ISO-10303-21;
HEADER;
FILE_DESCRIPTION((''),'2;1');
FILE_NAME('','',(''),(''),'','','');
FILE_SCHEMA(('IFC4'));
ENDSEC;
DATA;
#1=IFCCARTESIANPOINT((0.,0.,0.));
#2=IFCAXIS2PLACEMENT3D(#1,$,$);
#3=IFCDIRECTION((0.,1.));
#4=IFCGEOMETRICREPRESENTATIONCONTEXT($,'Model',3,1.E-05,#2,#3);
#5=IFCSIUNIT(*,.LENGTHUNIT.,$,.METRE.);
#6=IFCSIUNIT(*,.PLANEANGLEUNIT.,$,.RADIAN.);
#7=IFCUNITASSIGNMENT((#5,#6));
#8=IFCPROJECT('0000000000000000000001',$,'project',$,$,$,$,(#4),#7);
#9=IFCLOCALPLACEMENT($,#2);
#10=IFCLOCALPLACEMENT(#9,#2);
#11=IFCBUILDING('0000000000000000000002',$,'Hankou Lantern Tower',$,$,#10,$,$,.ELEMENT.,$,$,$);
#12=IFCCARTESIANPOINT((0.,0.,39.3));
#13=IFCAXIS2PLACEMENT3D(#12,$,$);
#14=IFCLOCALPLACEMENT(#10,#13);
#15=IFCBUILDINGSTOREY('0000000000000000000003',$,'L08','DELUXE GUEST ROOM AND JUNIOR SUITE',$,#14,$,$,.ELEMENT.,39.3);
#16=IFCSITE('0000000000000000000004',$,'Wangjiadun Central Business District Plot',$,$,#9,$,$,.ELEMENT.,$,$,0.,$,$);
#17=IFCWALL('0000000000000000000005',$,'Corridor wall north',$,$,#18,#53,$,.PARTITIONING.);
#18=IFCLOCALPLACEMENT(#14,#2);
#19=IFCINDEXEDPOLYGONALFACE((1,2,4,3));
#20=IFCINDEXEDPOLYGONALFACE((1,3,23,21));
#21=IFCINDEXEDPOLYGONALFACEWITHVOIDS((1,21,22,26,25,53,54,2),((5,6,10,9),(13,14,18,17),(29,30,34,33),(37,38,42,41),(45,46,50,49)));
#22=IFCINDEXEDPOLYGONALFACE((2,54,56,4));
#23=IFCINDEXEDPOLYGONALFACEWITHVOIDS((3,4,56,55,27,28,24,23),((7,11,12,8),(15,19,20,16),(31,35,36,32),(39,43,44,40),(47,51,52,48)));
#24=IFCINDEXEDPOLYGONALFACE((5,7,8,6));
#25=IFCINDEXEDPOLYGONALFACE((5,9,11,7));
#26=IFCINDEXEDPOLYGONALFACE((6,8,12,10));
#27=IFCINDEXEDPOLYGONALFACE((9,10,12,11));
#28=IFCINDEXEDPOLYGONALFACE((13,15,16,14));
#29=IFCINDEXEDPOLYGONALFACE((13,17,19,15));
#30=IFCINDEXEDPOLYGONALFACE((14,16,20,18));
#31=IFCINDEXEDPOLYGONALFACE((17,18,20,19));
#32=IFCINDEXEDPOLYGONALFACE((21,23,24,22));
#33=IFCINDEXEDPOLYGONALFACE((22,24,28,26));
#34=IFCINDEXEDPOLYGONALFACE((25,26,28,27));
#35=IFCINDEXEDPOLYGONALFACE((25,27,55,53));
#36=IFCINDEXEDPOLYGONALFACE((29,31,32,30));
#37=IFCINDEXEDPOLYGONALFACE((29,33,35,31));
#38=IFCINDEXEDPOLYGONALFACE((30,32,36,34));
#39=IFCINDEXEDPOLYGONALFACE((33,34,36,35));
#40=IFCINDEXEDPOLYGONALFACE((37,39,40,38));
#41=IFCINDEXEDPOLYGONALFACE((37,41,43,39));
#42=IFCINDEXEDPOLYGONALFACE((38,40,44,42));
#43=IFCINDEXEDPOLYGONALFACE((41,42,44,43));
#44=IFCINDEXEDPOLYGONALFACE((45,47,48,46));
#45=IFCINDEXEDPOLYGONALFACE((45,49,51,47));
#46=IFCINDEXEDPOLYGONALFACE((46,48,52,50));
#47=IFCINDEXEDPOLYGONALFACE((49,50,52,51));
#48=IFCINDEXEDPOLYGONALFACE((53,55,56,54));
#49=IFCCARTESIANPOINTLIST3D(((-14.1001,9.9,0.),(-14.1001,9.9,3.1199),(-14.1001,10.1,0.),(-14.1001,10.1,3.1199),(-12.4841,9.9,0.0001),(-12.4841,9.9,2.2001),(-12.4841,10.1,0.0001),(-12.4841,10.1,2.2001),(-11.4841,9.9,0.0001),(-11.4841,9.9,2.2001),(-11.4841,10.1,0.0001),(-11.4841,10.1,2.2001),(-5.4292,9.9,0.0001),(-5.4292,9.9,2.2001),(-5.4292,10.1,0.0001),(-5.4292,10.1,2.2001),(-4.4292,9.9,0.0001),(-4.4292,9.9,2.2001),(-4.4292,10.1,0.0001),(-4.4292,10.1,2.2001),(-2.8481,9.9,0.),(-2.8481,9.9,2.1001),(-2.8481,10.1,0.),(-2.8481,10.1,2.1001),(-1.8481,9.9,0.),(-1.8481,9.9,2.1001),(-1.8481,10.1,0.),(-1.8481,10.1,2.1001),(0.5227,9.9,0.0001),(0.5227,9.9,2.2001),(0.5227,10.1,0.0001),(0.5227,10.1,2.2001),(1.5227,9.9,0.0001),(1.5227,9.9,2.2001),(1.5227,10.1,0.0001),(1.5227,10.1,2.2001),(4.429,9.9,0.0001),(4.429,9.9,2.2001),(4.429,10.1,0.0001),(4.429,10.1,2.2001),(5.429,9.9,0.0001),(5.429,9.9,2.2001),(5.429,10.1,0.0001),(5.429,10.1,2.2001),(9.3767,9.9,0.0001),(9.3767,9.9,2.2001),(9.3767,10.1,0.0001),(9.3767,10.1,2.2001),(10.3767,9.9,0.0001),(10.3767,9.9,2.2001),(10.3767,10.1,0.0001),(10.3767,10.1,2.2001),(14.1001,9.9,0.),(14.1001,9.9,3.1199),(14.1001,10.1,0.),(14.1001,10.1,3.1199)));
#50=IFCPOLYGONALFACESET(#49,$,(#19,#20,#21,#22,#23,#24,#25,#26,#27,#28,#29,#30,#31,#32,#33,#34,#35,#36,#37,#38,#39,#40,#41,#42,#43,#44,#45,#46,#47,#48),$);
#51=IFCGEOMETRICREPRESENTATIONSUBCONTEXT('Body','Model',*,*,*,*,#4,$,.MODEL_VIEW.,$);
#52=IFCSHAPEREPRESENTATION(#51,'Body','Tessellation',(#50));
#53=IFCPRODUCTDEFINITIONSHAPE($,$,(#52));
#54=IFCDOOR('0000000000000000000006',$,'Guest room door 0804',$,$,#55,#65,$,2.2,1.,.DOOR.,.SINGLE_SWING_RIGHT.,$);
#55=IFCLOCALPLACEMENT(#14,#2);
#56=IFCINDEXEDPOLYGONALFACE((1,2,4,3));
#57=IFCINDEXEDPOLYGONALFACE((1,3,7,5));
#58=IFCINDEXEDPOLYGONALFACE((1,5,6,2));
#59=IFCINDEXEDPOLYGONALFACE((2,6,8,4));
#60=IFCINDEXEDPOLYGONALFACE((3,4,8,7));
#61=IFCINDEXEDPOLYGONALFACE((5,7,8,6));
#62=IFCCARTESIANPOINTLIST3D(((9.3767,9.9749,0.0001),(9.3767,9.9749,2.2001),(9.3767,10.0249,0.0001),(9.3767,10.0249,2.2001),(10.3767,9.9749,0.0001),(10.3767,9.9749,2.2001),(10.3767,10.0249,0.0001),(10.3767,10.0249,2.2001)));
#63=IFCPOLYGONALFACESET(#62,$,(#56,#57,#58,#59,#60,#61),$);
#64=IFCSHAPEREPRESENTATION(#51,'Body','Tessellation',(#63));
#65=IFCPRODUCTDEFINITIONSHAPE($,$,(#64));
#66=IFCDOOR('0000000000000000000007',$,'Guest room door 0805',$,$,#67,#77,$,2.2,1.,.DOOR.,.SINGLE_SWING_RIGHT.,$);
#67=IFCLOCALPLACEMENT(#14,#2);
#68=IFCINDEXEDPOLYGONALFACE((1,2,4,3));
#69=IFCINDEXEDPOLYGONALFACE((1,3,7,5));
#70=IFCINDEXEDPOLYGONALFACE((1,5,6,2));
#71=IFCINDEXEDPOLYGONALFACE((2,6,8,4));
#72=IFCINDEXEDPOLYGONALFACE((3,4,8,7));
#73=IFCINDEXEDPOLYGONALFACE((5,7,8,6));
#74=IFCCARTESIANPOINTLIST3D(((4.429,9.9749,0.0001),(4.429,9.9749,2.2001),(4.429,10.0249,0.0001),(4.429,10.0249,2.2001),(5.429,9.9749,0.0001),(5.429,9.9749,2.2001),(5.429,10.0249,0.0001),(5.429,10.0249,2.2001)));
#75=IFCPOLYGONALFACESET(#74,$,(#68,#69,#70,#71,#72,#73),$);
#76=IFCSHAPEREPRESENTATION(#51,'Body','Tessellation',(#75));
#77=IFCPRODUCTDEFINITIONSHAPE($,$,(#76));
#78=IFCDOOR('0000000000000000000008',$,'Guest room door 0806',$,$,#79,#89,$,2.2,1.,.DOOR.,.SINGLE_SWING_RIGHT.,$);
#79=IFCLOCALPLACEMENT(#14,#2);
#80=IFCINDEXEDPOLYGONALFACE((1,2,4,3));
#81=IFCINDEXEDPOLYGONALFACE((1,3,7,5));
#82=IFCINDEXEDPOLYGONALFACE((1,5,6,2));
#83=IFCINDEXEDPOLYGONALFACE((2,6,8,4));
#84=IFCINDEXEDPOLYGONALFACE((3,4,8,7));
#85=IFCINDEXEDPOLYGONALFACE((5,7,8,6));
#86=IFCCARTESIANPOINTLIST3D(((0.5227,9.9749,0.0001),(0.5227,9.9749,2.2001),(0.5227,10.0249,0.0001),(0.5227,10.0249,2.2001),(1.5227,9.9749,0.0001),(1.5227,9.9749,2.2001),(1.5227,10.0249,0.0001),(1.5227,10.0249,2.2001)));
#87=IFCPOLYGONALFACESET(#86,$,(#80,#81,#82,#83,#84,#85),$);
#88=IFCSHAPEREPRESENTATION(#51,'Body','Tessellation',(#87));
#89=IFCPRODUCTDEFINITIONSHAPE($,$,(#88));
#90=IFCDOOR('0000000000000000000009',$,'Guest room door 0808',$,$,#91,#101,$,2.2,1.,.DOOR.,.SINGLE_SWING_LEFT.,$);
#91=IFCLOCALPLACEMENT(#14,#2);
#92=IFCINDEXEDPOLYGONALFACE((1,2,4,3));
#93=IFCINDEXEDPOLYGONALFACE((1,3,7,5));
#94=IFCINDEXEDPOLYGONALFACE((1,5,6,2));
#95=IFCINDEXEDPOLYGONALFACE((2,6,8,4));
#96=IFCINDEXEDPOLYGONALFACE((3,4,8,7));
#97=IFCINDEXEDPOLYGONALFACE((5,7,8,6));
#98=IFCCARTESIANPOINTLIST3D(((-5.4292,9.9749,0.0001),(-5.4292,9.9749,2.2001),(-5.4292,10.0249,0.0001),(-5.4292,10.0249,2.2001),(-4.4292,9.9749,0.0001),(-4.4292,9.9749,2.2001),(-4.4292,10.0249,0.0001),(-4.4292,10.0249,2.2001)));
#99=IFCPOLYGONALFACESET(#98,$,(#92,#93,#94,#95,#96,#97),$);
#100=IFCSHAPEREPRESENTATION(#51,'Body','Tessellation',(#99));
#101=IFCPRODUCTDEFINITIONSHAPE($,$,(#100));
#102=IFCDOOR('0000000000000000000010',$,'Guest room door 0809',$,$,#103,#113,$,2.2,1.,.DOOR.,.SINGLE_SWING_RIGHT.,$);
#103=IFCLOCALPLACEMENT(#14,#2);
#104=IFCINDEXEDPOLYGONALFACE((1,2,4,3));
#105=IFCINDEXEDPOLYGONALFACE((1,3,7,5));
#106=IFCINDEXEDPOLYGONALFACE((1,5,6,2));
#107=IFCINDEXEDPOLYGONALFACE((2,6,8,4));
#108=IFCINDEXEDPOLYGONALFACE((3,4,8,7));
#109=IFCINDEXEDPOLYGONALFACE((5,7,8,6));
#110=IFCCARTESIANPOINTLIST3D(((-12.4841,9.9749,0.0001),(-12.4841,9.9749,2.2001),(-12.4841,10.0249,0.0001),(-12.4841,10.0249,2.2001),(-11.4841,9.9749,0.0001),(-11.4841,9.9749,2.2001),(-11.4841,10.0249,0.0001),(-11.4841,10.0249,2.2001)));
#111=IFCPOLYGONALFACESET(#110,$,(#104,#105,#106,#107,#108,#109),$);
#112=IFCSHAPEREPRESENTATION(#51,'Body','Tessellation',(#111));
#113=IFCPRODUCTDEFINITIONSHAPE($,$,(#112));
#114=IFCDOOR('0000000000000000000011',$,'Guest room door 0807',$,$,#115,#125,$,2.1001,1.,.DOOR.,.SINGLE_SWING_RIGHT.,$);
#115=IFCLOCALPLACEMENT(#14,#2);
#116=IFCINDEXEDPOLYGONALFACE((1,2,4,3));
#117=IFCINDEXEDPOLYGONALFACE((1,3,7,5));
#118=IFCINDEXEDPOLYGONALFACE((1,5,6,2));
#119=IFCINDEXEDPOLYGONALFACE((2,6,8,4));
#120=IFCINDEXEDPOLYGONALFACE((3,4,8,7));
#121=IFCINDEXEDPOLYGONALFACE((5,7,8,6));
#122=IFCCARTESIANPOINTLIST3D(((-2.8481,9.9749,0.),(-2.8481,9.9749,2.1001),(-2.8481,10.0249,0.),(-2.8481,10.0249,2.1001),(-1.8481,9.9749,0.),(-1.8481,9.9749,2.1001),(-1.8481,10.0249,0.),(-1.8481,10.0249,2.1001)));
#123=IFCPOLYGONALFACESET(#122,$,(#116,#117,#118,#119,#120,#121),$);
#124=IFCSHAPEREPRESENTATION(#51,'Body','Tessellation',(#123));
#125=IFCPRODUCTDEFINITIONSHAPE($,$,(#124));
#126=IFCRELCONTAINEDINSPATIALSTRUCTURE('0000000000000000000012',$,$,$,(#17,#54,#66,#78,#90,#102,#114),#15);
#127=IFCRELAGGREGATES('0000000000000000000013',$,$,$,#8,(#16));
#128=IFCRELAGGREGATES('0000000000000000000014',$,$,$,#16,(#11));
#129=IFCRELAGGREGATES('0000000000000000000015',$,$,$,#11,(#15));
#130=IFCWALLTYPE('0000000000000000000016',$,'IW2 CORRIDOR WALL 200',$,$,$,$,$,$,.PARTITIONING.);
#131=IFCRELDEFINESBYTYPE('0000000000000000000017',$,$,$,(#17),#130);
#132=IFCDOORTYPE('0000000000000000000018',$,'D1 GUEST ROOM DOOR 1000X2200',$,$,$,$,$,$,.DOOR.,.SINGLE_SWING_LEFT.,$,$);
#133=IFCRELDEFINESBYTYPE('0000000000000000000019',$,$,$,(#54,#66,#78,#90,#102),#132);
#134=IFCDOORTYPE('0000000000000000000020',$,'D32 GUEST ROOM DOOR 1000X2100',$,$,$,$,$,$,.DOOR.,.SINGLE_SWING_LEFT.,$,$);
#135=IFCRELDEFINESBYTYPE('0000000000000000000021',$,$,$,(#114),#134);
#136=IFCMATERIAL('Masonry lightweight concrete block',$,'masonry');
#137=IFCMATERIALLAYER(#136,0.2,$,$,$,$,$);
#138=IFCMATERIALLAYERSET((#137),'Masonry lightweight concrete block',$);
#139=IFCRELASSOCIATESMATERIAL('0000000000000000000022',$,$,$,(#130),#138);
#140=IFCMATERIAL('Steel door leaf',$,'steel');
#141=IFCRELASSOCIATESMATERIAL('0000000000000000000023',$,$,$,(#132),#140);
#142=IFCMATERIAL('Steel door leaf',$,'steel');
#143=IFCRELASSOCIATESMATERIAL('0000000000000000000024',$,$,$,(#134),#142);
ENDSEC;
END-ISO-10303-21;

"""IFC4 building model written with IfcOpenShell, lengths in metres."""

from ifc_helpers import new_model, si_unit, direction, frame, frame_2d, origin, place, context, subcontext, project, spatial, rectangle, extrude, material, layer, layer_set, type_object, element, fill, save


model = new_model("IFC4")

# Units and contexts
model_context = context("Model", 3, precision=1e-05, world=origin(), true_north=direction((0.0, 1.0)))
body_context = subcontext(model_context, "Body", "Model", "MODEL_VIEW")
ifc_project = project(units=[si_unit("LENGTHUNIT", "METRE"), si_unit("PLANEANGLEUNIT", "RADIAN")], contexts=[model_context])

# Site, building, storey
site_placement = place(None, origin())
site = spatial("IfcSite", under=ifc_project, at=site_placement, Name="Wangjiadun Central Business District Plot", CompositionType="ELEMENT", RefElevation=0.0)
building_placement = place(site_placement, origin())
building = spatial("IfcBuilding", under=site, at=building_placement, Name="Hankou Lantern Tower", CompositionType="ELEMENT")
storey_placement = place(building_placement, frame((0.0, 0.0, 39.3)))
storey = spatial("IfcBuildingStorey", under=building, at=storey_placement, Name="L08", Description="DELUXE GUEST ROOM AND JUNIOR SUITE", CompositionType="ELEMENT", Elevation=39.3)

# Wall, openings, doors
ifc_material_1 = material(Name="Masonry lightweight concrete block", Category="masonry")
ifc_layer_1 = layer(ifc_material_1, 0.2)
ifc_layer_set_1 = layer_set([ifc_layer_1], Name="Masonry lightweight concrete block")
wall_type_1 = type_object("IfcWallType", Name="IW2 CORRIDOR WALL 200", PredefinedType="PARTITIONING", material=ifc_layer_set_1)
wall_1_placement = place(storey_placement, frame((-14.1001, 10.0, 0.0), z_axis=(0.0, 0.0, 1.0), x_axis=(1.0, 0.0, 0.0)))
wall_1 = element("IfcWall", 1, at=wall_1_placement, inside=storey, type_object=wall_type_1, Name="Corridor wall north", PredefinedType="PARTITIONING", context=body_context, shape_type="SweptSolid", body=[
    extrude(rectangle(XDim=28.2002, YDim=0.2, at=frame_2d((14.1001, 0.0))), origin(), (0.0, 0.0, 1.0), 3.1199),
])
opening_1_placement = place(wall_1_placement, frame((23.4768, 0.0, 0.0)))
opening_1 = element("IfcOpeningElement", 2, at=opening_1_placement, cuts=wall_1, PredefinedType="OPENING", context=body_context, shape_type="SweptSolid", body=[
    extrude(rectangle(XDim=1.0, YDim=2.2, at=frame_2d((0.5, 1.1001))), frame((0.0, 0.1099, 0.0), z_axis=(0.0, -1.0, 0.0), x_axis=(1.0, 0.0, 0.0)), (0.0, 0.0, 1.0), 0.22),
])
opening_2_placement = place(wall_1_placement, frame((18.5291, 0.0, 0.0)))
opening_2 = element("IfcOpeningElement", 3, at=opening_2_placement, cuts=wall_1, PredefinedType="OPENING", context=body_context, shape_type="SweptSolid", body=[
    extrude(rectangle(XDim=1.0, YDim=2.2, at=frame_2d((0.5, 1.1001))), frame((0.0, 0.1099, 0.0), z_axis=(0.0, -1.0, 0.0), x_axis=(1.0, 0.0, 0.0)), (0.0, 0.0, 1.0), 0.22),
])
opening_3_placement = place(wall_1_placement, frame((14.6228, 0.0, 0.0)))
opening_3 = element("IfcOpeningElement", 4, at=opening_3_placement, cuts=wall_1, PredefinedType="OPENING", context=body_context, shape_type="SweptSolid", body=[
    extrude(rectangle(XDim=1.0, YDim=2.2, at=frame_2d((0.5, 1.1001))), frame((0.0, 0.1099, 0.0), z_axis=(0.0, -1.0, 0.0), x_axis=(1.0, 0.0, 0.0)), (0.0, 0.0, 1.0), 0.22),
])
opening_4_placement = place(wall_1_placement, frame((11.252, 0.0, 0.0)))
opening_4 = element("IfcOpeningElement", 5, at=opening_4_placement, cuts=wall_1, PredefinedType="OPENING", context=body_context, shape_type="SweptSolid", body=[
    extrude(rectangle(XDim=1.0, YDim=2.1001, at=frame_2d((0.5, 1.05))), frame((0.0, 0.1099, 0.0), z_axis=(0.0, -1.0, 0.0), x_axis=(1.0, 0.0, 0.0)), (0.0, 0.0, 1.0), 0.22),
])
opening_5_placement = place(wall_1_placement, frame((8.6709, 0.0, 0.0)))
opening_5 = element("IfcOpeningElement", 6, at=opening_5_placement, cuts=wall_1, PredefinedType="OPENING", context=body_context, shape_type="SweptSolid", body=[
    extrude(rectangle(XDim=1.0, YDim=2.2, at=frame_2d((0.5, 1.1001))), frame((0.0, 0.1099, 0.0), z_axis=(0.0, -1.0, 0.0), x_axis=(1.0, 0.0, 0.0)), (0.0, 0.0, 1.0), 0.22),
])
opening_6_placement = place(wall_1_placement, frame((1.616, 0.0, 0.0)))
opening_6 = element("IfcOpeningElement", 7, at=opening_6_placement, cuts=wall_1, PredefinedType="OPENING", context=body_context, shape_type="SweptSolid", body=[
    extrude(rectangle(XDim=1.0, YDim=2.2, at=frame_2d((0.5, 1.1001))), frame((0.0, 0.1099, 0.0), z_axis=(0.0, -1.0, 0.0), x_axis=(1.0, 0.0, 0.0)), (0.0, 0.0, 1.0), 0.22),
])
ifc_material_2 = material(Name="Steel door leaf", Category="steel")
door_type_1 = type_object("IfcDoorType", Name="D1 GUEST ROOM DOOR 1000X2200", OperationType="SINGLE_SWING_LEFT", PredefinedType="DOOR", material=ifc_material_2)
door_1_placement = place(opening_1_placement, origin())
door_1 = element("IfcDoor", 8, at=door_1_placement, inside=storey, type_object=door_type_1, Name="Guest room door 0804", OperationType="SINGLE_SWING_RIGHT", OverallHeight=2.2, OverallWidth=1.0, PredefinedType="DOOR", context=body_context, shape_type="SweptSolid", body=[
    extrude(rectangle(XDim=1.0, YDim=2.2, at=frame_2d((0.5, 1.1001))), frame((0.0, 0.0249, 0.0), z_axis=(0.0, -1.0, 0.0), x_axis=(1.0, 0.0, 0.0)), (0.0, 0.0, 1.0), 0.05),
])
fill(opening_1, door_1)
door_2_placement = place(opening_2_placement, origin())
door_2 = element("IfcDoor", 9, at=door_2_placement, inside=storey, type_object=door_type_1, Name="Guest room door 0805", OperationType="SINGLE_SWING_RIGHT", OverallHeight=2.2, OverallWidth=1.0, PredefinedType="DOOR", context=body_context, shape_type="SweptSolid", body=[
    extrude(rectangle(XDim=1.0, YDim=2.2, at=frame_2d((0.5, 1.1001))), frame((0.0, 0.0249, 0.0), z_axis=(0.0, -1.0, 0.0), x_axis=(1.0, 0.0, 0.0)), (0.0, 0.0, 1.0), 0.05),
])
fill(opening_2, door_2)
door_3_placement = place(opening_3_placement, origin())
door_3 = element("IfcDoor", 10, at=door_3_placement, inside=storey, type_object=door_type_1, Name="Guest room door 0806", OperationType="SINGLE_SWING_RIGHT", OverallHeight=2.2, OverallWidth=1.0, PredefinedType="DOOR", context=body_context, shape_type="SweptSolid", body=[
    extrude(rectangle(XDim=1.0, YDim=2.2, at=frame_2d((0.5, 1.1001))), frame((0.0, 0.0249, 0.0), z_axis=(0.0, -1.0, 0.0), x_axis=(1.0, 0.0, 0.0)), (0.0, 0.0, 1.0), 0.05),
])
fill(opening_3, door_3)
door_4_placement = place(opening_5_placement, origin())
door_4 = element("IfcDoor", 11, at=door_4_placement, inside=storey, type_object=door_type_1, Name="Guest room door 0808", OperationType="SINGLE_SWING_LEFT", OverallHeight=2.2, OverallWidth=1.0, PredefinedType="DOOR", context=body_context, shape_type="SweptSolid", body=[
    extrude(rectangle(XDim=1.0, YDim=2.2, at=frame_2d((0.5, 1.1001))), frame((0.0, 0.0249, 0.0), z_axis=(0.0, -1.0, 0.0), x_axis=(1.0, 0.0, 0.0)), (0.0, 0.0, 1.0), 0.05),
])
fill(opening_5, door_4)
door_5_placement = place(opening_6_placement, origin())
door_5 = element("IfcDoor", 12, at=door_5_placement, inside=storey, type_object=door_type_1, Name="Guest room door 0809", OperationType="SINGLE_SWING_RIGHT", OverallHeight=2.2, OverallWidth=1.0, PredefinedType="DOOR", context=body_context, shape_type="SweptSolid", body=[
    extrude(rectangle(XDim=1.0, YDim=2.2, at=frame_2d((0.5, 1.1001))), frame((0.0, 0.0249, 0.0), z_axis=(0.0, -1.0, 0.0), x_axis=(1.0, 0.0, 0.0)), (0.0, 0.0, 1.0), 0.05),
])
fill(opening_6, door_5)
ifc_material_3 = material(Name="Steel door leaf", Category="steel")
door_type_2 = type_object("IfcDoorType", Name="D32 GUEST ROOM DOOR 1000X2100", OperationType="SINGLE_SWING_LEFT", PredefinedType="DOOR", material=ifc_material_3)
door_6_placement = place(opening_4_placement, origin())
door_6 = element("IfcDoor", 13, at=door_6_placement, inside=storey, type_object=door_type_2, Name="Guest room door 0807", OperationType="SINGLE_SWING_RIGHT", OverallHeight=2.1001, OverallWidth=1.0, PredefinedType="DOOR", context=body_context, shape_type="SweptSolid", body=[
    extrude(rectangle(XDim=1.0, YDim=2.1001, at=frame_2d((0.5, 1.05))), frame((0.0, 0.0249, 0.0), z_axis=(0.0, -1.0, 0.0), x_axis=(1.0, 0.0, 0.0)), (0.0, 0.0, 1.0), 0.05),
])
fill(opening_4, door_6)

save(model, "model.ifc")
